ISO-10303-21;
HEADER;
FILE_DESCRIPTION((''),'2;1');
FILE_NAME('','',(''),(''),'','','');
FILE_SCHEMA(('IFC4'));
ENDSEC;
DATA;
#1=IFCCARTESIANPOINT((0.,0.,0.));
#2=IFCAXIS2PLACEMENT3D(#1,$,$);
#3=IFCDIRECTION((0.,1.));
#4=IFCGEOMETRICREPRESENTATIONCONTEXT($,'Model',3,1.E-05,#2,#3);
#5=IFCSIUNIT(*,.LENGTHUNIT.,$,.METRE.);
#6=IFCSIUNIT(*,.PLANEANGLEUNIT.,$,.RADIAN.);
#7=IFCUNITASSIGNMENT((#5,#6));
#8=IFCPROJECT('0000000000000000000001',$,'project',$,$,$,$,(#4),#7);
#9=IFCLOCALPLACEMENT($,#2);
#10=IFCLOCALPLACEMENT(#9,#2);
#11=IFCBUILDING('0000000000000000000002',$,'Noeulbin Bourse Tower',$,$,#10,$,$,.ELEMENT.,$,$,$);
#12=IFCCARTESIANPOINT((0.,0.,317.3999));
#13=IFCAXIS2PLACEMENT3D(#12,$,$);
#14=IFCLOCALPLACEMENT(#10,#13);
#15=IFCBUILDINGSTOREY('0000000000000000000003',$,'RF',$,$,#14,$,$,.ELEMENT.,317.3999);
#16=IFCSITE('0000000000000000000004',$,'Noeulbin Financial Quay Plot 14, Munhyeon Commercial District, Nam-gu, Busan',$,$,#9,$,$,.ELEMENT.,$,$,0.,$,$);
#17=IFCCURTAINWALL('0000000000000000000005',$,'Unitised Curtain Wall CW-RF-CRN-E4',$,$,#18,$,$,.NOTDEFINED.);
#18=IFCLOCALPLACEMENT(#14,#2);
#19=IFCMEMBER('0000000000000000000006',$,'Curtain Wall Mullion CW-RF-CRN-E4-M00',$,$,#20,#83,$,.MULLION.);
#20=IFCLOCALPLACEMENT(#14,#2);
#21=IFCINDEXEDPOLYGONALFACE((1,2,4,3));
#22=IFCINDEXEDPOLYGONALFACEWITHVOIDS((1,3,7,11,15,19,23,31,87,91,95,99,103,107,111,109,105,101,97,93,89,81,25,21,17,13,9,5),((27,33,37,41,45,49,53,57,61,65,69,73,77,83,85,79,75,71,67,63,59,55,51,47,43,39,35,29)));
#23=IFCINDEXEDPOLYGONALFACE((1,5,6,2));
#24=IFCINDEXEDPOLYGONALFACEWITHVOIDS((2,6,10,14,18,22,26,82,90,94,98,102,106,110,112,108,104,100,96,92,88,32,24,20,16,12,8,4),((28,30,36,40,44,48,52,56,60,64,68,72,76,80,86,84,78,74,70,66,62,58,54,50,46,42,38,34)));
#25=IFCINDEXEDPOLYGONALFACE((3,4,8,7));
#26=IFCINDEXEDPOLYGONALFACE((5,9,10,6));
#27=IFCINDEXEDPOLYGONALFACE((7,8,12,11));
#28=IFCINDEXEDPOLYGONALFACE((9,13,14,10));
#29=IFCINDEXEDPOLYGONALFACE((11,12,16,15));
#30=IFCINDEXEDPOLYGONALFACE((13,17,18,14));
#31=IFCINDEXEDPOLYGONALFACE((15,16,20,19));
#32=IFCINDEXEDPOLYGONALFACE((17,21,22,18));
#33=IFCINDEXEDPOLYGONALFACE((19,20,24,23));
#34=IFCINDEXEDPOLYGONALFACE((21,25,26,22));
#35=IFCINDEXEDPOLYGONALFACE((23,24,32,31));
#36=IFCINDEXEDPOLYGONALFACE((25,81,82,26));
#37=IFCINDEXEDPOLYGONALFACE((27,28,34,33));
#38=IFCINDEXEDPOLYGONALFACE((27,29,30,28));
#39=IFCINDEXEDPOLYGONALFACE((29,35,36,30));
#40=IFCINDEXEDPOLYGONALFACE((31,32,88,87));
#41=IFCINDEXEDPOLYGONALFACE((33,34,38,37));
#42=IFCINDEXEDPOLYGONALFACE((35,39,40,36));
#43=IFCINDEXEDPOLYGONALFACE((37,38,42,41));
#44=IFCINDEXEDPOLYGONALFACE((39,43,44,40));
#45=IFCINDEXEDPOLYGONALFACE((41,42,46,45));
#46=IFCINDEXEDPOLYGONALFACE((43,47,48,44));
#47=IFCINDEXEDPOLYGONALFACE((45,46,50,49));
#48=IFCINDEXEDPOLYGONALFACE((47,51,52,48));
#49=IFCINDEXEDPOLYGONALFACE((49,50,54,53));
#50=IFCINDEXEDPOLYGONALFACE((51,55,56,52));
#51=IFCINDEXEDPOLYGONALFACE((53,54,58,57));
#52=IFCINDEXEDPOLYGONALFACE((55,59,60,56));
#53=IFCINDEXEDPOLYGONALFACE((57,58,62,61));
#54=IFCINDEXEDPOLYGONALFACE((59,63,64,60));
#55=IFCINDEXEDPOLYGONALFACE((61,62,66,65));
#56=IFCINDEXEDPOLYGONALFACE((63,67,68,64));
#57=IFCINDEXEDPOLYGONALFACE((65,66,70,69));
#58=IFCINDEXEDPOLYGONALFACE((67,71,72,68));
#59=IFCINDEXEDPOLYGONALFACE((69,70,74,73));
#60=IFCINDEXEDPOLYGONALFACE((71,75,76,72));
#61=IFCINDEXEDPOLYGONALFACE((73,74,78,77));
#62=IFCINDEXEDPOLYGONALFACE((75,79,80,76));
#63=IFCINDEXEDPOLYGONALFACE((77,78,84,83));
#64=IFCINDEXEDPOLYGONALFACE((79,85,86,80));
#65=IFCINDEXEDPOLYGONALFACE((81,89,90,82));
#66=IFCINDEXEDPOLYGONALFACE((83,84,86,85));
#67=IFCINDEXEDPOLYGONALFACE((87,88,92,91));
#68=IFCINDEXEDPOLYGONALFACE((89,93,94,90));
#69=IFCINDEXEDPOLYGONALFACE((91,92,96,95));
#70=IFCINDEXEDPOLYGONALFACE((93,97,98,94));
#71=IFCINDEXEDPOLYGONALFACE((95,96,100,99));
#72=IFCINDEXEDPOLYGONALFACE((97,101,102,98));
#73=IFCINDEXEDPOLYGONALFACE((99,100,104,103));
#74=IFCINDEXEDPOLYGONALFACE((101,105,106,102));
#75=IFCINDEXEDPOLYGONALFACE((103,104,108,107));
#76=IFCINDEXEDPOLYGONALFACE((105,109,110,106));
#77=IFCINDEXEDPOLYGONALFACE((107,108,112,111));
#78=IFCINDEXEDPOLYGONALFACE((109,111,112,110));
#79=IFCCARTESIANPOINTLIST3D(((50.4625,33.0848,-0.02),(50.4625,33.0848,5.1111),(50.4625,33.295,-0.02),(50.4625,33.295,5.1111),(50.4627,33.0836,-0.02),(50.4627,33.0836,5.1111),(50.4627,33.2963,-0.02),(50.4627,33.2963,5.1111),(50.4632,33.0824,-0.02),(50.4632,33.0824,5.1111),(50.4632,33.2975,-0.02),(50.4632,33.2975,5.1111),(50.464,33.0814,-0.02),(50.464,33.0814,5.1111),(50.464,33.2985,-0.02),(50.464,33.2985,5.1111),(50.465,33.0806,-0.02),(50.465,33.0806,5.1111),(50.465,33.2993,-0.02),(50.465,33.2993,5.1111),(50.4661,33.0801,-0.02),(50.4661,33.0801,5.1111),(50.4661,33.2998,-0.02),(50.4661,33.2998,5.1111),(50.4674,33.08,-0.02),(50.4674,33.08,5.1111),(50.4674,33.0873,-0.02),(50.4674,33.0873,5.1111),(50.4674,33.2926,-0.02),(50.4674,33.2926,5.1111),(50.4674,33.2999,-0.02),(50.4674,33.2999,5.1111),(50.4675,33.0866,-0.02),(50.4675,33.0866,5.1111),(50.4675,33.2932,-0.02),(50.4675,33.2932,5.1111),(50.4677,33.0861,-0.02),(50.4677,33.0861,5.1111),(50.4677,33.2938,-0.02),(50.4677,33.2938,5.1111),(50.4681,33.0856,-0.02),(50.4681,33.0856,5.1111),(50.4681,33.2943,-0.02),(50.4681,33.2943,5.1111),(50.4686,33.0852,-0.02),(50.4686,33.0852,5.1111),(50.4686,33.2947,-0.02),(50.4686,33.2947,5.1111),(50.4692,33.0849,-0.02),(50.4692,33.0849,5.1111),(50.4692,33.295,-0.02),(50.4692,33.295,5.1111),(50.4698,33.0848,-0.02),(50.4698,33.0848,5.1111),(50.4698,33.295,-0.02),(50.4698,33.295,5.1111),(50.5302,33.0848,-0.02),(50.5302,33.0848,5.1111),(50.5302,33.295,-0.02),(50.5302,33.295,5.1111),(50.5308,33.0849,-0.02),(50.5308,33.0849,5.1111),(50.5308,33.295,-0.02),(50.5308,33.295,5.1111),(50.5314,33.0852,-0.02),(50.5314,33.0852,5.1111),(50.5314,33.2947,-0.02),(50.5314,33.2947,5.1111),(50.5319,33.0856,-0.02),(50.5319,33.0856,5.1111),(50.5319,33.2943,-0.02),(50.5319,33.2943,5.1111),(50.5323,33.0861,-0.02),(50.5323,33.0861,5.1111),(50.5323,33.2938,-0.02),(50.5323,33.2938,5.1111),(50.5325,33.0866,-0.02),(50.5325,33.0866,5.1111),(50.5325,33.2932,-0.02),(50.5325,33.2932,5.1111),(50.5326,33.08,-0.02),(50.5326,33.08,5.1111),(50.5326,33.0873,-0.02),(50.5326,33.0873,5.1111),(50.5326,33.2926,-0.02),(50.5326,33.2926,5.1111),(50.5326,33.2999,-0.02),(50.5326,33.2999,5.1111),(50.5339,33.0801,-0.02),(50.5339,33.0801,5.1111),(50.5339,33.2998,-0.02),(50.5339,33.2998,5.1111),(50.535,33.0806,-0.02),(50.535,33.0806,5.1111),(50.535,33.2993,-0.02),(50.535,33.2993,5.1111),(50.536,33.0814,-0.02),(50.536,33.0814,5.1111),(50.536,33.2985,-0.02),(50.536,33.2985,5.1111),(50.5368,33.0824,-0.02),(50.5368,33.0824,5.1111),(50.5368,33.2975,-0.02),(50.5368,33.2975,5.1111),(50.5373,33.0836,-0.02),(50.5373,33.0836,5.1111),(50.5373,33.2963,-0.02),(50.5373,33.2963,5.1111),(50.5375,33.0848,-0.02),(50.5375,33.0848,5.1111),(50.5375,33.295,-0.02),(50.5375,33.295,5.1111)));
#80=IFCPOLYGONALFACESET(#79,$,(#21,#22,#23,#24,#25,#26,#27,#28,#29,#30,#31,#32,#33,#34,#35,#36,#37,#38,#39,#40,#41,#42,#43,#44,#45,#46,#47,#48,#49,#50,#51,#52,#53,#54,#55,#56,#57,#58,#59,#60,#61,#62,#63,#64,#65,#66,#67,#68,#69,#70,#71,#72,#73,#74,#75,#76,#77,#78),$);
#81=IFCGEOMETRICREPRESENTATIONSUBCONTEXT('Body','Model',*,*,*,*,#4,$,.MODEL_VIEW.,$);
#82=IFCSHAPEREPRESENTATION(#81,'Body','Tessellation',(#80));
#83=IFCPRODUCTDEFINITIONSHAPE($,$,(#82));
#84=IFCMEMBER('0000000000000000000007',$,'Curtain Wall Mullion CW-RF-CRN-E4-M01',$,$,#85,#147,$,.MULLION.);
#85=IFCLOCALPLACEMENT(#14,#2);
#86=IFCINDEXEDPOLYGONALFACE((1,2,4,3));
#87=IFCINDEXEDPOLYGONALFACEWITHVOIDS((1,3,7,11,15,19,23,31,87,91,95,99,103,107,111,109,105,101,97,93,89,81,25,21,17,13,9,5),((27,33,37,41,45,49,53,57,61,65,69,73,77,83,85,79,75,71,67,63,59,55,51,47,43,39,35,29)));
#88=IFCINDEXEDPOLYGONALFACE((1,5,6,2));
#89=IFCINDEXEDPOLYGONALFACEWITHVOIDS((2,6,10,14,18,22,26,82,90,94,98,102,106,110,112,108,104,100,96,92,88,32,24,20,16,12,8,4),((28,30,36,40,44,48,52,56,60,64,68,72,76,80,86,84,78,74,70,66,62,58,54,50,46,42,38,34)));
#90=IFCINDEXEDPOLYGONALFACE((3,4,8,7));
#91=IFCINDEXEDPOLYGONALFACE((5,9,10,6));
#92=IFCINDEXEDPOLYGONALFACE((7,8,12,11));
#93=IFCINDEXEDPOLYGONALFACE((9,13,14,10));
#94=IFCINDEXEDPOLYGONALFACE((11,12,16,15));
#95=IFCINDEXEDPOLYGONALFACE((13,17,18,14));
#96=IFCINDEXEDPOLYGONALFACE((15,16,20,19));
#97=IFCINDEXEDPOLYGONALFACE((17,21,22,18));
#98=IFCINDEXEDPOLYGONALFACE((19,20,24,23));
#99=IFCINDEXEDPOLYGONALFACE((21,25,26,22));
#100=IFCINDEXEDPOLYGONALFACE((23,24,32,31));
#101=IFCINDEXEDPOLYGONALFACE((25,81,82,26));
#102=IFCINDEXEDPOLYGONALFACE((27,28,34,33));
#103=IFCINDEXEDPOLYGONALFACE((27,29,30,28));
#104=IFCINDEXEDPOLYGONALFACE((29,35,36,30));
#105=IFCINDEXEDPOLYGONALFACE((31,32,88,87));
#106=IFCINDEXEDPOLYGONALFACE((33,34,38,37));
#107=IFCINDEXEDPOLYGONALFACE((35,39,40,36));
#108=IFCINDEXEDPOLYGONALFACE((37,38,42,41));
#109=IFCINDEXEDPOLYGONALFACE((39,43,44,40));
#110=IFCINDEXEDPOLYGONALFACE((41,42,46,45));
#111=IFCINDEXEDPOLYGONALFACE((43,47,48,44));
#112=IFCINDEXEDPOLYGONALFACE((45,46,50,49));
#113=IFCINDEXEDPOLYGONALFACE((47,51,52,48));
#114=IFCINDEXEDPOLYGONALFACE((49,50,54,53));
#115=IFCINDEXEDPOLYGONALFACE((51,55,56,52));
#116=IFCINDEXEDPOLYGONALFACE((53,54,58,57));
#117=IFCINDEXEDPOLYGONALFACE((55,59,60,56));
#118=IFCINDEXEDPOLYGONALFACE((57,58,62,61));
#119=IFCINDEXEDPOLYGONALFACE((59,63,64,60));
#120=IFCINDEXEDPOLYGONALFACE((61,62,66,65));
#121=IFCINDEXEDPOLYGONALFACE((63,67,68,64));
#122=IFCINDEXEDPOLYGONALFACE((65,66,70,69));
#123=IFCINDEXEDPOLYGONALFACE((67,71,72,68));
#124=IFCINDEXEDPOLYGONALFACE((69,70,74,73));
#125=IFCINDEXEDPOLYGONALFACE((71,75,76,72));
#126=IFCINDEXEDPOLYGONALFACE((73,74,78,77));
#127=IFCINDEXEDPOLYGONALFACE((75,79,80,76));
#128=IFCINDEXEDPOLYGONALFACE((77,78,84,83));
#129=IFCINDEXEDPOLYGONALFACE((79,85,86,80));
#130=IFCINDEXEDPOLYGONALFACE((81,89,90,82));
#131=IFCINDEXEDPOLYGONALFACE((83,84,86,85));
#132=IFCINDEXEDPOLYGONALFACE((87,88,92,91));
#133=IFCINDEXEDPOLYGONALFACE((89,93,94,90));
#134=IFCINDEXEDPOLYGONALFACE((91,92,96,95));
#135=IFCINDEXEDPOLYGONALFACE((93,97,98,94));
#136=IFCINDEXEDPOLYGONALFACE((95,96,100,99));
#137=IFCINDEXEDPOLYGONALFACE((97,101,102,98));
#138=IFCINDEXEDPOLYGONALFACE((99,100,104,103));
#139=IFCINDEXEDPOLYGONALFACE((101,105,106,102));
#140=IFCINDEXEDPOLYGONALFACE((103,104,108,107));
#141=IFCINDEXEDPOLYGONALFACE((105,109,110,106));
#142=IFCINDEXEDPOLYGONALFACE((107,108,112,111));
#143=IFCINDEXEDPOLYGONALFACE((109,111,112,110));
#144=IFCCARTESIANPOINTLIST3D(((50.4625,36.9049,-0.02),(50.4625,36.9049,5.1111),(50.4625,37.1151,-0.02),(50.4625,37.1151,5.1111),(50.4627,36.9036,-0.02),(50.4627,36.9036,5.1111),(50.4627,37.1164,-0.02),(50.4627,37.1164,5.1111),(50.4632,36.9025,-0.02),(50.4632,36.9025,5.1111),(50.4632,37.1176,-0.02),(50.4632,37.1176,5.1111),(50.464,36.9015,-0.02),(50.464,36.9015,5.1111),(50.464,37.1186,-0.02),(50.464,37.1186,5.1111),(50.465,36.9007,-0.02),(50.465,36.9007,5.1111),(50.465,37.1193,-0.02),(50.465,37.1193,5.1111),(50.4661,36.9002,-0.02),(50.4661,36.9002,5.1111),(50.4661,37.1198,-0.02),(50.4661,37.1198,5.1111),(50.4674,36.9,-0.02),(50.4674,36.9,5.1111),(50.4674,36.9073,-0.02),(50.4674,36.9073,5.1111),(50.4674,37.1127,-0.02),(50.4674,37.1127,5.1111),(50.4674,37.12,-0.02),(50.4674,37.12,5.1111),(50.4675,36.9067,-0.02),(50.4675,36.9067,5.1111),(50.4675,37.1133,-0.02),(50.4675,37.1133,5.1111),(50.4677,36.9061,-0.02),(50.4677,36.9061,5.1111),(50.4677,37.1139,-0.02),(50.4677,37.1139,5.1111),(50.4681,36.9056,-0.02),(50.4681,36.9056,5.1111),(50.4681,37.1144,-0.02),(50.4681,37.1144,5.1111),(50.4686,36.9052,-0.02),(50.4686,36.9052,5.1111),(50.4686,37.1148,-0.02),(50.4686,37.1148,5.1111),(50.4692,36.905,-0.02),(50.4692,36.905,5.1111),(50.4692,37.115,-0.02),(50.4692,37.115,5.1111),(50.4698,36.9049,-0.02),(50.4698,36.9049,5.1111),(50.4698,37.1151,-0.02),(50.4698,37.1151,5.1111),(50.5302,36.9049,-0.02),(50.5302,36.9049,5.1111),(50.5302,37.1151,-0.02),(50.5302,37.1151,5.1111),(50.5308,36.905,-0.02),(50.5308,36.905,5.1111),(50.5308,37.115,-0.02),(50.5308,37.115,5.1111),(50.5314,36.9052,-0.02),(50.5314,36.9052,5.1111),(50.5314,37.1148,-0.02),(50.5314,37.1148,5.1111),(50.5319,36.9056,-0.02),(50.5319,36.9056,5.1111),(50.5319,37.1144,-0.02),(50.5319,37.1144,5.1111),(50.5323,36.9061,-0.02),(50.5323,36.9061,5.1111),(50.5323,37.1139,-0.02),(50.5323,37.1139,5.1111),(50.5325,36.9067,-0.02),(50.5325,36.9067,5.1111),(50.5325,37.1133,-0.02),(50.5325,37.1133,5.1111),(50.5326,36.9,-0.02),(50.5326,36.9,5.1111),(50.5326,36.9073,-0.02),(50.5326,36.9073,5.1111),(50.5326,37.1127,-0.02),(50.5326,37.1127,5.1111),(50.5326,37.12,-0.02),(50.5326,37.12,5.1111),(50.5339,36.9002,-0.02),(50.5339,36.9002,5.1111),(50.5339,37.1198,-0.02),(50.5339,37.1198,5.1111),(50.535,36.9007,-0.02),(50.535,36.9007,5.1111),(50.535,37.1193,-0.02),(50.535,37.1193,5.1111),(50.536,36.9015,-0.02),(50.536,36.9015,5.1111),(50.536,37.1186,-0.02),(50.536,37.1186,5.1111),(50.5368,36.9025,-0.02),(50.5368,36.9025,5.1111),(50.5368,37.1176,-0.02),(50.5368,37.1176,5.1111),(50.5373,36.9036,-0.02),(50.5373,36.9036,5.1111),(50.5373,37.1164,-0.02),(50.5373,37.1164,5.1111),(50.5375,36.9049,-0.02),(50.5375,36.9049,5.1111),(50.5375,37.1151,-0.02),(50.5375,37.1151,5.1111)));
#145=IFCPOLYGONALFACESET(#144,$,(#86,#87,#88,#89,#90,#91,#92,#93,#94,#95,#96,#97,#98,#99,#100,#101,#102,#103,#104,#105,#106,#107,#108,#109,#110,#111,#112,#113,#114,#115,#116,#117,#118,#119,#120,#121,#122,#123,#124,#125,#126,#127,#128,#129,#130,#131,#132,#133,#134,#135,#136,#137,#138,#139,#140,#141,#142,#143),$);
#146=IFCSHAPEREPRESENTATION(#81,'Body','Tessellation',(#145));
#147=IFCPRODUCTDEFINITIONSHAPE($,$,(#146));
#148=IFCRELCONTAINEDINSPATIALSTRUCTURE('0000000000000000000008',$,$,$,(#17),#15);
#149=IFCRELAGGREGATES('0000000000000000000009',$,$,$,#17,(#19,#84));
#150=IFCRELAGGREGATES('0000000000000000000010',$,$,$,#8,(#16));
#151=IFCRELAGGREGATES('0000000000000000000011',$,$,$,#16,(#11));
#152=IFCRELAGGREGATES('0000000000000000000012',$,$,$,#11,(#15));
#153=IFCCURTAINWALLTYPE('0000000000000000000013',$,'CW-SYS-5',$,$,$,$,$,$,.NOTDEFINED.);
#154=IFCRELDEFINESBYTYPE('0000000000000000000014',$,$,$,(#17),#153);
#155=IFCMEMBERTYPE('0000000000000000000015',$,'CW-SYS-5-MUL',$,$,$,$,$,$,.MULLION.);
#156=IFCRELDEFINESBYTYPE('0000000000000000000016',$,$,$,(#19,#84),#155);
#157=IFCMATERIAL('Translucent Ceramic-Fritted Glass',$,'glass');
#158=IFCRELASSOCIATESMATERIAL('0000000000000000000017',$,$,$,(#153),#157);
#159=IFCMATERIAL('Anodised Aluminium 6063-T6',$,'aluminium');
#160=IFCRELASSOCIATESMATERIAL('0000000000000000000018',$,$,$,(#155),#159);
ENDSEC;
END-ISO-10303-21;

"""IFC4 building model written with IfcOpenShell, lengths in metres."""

from ifc_helpers import new_model, si_unit, direction, frame, origin, origin_2d, place, context, subcontext, project, spatial, hollow_rectangle, extrude, material, material_profile, profile_set, type_object, element, aggregate, save


model = new_model("IFC4")

# Units and contexts
model_context = context("Model", 3, precision=1e-05, world=origin(), true_north=direction((0.0, 1.0)))
body_context = subcontext(model_context, "Body", "Model", "MODEL_VIEW")
ifc_project = project(units=[si_unit("LENGTHUNIT", "METRE"), si_unit("PLANEANGLEUNIT", "RADIAN")], contexts=[model_context])

# Site, building, storey
site_placement = place(None, origin())
site = spatial("IfcSite", under=ifc_project, at=site_placement, Name="Noeulbin Financial Quay Plot 14, Munhyeon Commercial District, Nam-gu, Busan", CompositionType="ELEMENT", RefElevation=0.0)
building_placement = place(site_placement, origin())
building = spatial("IfcBuilding", under=site, at=building_placement, Name="Noeulbin Bourse Tower", CompositionType="ELEMENT")
storey_placement = place(building_placement, frame((0.0, 0.0, 317.3999)))
storey = spatial("IfcBuildingStorey", under=building, at=storey_placement, Name="RF", CompositionType="ELEMENT", Elevation=317.3999)

# Curtain wall, members
ifc_material_1 = material(Name="Translucent Ceramic-Fritted Glass", Category="glass")
curtain_wall_type = type_object("IfcCurtainWallType", Name="CW-SYS-5", PredefinedType="NOTDEFINED", material=ifc_material_1)
ifc_material_2 = material(Name="Anodised Aluminium 6063-T6", Category="aluminium")
ifc_material_profile_1 = material_profile(ifc_material_2, hollow_rectangle(XDim=0.075, YDim=0.22, WallThickness=0.0049, InnerFilletRadius=0.0024, OuterFilletRadius=0.0049, at=origin_2d()), Name="ALU-MULL-75x220x5", Category="LoadBearing")
ifc_profile_set_1 = profile_set([ifc_material_profile_1], Name="Anodised Aluminium 6063-T6")
member_type_1 = type_object("IfcMemberType", Name="CW-SYS-5-MUL", PredefinedType="MULLION", material=ifc_profile_set_1)
curtain_wall_1_placement = place(storey_placement, origin())
curtain_wall_1 = element("IfcCurtainWall", 1, at=curtain_wall_1_placement, inside=storey, type_object=curtain_wall_type, Name="Unitised Curtain Wall CW-RF-CRN-E4", PredefinedType="NOTDEFINED")
member_1_placement = place(storey_placement, frame((50.5, 33.1899, -0.02), z_axis=(0.0, 0.0, 1.0), x_axis=(1.0, 0.0, 0.0)))
member_1 = element("IfcMember", 2, at=member_1_placement, type_object=member_type_1, Name="Curtain Wall Mullion CW-RF-CRN-E4-M00", PredefinedType="MULLION", context=body_context, shape_type="SweptSolid", body=[
    extrude(hollow_rectangle(XDim=0.075, YDim=0.22, WallThickness=0.0049, InnerFilletRadius=0.0024, OuterFilletRadius=0.0049, at=origin_2d()), origin(), (0.0, 0.0, 1.0), 5.1311),
])
member_2_placement = place(storey_placement, frame((50.5, 37.01, -0.02), z_axis=(0.0, 0.0, 1.0), x_axis=(1.0, 0.0, 0.0)))
member_2 = element("IfcMember", 3, at=member_2_placement, type_object=member_type_1, Name="Curtain Wall Mullion CW-RF-CRN-E4-M01", PredefinedType="MULLION", context=body_context, shape_type="SweptSolid", body=[
    extrude(hollow_rectangle(XDim=0.075, YDim=0.22, WallThickness=0.0049, InnerFilletRadius=0.0024, OuterFilletRadius=0.0049, at=origin_2d()), origin(), (0.0, 0.0, 1.0), 5.1311),
])

aggregate(curtain_wall_1, [member_1, member_2])

save(model, "model.ifc")
